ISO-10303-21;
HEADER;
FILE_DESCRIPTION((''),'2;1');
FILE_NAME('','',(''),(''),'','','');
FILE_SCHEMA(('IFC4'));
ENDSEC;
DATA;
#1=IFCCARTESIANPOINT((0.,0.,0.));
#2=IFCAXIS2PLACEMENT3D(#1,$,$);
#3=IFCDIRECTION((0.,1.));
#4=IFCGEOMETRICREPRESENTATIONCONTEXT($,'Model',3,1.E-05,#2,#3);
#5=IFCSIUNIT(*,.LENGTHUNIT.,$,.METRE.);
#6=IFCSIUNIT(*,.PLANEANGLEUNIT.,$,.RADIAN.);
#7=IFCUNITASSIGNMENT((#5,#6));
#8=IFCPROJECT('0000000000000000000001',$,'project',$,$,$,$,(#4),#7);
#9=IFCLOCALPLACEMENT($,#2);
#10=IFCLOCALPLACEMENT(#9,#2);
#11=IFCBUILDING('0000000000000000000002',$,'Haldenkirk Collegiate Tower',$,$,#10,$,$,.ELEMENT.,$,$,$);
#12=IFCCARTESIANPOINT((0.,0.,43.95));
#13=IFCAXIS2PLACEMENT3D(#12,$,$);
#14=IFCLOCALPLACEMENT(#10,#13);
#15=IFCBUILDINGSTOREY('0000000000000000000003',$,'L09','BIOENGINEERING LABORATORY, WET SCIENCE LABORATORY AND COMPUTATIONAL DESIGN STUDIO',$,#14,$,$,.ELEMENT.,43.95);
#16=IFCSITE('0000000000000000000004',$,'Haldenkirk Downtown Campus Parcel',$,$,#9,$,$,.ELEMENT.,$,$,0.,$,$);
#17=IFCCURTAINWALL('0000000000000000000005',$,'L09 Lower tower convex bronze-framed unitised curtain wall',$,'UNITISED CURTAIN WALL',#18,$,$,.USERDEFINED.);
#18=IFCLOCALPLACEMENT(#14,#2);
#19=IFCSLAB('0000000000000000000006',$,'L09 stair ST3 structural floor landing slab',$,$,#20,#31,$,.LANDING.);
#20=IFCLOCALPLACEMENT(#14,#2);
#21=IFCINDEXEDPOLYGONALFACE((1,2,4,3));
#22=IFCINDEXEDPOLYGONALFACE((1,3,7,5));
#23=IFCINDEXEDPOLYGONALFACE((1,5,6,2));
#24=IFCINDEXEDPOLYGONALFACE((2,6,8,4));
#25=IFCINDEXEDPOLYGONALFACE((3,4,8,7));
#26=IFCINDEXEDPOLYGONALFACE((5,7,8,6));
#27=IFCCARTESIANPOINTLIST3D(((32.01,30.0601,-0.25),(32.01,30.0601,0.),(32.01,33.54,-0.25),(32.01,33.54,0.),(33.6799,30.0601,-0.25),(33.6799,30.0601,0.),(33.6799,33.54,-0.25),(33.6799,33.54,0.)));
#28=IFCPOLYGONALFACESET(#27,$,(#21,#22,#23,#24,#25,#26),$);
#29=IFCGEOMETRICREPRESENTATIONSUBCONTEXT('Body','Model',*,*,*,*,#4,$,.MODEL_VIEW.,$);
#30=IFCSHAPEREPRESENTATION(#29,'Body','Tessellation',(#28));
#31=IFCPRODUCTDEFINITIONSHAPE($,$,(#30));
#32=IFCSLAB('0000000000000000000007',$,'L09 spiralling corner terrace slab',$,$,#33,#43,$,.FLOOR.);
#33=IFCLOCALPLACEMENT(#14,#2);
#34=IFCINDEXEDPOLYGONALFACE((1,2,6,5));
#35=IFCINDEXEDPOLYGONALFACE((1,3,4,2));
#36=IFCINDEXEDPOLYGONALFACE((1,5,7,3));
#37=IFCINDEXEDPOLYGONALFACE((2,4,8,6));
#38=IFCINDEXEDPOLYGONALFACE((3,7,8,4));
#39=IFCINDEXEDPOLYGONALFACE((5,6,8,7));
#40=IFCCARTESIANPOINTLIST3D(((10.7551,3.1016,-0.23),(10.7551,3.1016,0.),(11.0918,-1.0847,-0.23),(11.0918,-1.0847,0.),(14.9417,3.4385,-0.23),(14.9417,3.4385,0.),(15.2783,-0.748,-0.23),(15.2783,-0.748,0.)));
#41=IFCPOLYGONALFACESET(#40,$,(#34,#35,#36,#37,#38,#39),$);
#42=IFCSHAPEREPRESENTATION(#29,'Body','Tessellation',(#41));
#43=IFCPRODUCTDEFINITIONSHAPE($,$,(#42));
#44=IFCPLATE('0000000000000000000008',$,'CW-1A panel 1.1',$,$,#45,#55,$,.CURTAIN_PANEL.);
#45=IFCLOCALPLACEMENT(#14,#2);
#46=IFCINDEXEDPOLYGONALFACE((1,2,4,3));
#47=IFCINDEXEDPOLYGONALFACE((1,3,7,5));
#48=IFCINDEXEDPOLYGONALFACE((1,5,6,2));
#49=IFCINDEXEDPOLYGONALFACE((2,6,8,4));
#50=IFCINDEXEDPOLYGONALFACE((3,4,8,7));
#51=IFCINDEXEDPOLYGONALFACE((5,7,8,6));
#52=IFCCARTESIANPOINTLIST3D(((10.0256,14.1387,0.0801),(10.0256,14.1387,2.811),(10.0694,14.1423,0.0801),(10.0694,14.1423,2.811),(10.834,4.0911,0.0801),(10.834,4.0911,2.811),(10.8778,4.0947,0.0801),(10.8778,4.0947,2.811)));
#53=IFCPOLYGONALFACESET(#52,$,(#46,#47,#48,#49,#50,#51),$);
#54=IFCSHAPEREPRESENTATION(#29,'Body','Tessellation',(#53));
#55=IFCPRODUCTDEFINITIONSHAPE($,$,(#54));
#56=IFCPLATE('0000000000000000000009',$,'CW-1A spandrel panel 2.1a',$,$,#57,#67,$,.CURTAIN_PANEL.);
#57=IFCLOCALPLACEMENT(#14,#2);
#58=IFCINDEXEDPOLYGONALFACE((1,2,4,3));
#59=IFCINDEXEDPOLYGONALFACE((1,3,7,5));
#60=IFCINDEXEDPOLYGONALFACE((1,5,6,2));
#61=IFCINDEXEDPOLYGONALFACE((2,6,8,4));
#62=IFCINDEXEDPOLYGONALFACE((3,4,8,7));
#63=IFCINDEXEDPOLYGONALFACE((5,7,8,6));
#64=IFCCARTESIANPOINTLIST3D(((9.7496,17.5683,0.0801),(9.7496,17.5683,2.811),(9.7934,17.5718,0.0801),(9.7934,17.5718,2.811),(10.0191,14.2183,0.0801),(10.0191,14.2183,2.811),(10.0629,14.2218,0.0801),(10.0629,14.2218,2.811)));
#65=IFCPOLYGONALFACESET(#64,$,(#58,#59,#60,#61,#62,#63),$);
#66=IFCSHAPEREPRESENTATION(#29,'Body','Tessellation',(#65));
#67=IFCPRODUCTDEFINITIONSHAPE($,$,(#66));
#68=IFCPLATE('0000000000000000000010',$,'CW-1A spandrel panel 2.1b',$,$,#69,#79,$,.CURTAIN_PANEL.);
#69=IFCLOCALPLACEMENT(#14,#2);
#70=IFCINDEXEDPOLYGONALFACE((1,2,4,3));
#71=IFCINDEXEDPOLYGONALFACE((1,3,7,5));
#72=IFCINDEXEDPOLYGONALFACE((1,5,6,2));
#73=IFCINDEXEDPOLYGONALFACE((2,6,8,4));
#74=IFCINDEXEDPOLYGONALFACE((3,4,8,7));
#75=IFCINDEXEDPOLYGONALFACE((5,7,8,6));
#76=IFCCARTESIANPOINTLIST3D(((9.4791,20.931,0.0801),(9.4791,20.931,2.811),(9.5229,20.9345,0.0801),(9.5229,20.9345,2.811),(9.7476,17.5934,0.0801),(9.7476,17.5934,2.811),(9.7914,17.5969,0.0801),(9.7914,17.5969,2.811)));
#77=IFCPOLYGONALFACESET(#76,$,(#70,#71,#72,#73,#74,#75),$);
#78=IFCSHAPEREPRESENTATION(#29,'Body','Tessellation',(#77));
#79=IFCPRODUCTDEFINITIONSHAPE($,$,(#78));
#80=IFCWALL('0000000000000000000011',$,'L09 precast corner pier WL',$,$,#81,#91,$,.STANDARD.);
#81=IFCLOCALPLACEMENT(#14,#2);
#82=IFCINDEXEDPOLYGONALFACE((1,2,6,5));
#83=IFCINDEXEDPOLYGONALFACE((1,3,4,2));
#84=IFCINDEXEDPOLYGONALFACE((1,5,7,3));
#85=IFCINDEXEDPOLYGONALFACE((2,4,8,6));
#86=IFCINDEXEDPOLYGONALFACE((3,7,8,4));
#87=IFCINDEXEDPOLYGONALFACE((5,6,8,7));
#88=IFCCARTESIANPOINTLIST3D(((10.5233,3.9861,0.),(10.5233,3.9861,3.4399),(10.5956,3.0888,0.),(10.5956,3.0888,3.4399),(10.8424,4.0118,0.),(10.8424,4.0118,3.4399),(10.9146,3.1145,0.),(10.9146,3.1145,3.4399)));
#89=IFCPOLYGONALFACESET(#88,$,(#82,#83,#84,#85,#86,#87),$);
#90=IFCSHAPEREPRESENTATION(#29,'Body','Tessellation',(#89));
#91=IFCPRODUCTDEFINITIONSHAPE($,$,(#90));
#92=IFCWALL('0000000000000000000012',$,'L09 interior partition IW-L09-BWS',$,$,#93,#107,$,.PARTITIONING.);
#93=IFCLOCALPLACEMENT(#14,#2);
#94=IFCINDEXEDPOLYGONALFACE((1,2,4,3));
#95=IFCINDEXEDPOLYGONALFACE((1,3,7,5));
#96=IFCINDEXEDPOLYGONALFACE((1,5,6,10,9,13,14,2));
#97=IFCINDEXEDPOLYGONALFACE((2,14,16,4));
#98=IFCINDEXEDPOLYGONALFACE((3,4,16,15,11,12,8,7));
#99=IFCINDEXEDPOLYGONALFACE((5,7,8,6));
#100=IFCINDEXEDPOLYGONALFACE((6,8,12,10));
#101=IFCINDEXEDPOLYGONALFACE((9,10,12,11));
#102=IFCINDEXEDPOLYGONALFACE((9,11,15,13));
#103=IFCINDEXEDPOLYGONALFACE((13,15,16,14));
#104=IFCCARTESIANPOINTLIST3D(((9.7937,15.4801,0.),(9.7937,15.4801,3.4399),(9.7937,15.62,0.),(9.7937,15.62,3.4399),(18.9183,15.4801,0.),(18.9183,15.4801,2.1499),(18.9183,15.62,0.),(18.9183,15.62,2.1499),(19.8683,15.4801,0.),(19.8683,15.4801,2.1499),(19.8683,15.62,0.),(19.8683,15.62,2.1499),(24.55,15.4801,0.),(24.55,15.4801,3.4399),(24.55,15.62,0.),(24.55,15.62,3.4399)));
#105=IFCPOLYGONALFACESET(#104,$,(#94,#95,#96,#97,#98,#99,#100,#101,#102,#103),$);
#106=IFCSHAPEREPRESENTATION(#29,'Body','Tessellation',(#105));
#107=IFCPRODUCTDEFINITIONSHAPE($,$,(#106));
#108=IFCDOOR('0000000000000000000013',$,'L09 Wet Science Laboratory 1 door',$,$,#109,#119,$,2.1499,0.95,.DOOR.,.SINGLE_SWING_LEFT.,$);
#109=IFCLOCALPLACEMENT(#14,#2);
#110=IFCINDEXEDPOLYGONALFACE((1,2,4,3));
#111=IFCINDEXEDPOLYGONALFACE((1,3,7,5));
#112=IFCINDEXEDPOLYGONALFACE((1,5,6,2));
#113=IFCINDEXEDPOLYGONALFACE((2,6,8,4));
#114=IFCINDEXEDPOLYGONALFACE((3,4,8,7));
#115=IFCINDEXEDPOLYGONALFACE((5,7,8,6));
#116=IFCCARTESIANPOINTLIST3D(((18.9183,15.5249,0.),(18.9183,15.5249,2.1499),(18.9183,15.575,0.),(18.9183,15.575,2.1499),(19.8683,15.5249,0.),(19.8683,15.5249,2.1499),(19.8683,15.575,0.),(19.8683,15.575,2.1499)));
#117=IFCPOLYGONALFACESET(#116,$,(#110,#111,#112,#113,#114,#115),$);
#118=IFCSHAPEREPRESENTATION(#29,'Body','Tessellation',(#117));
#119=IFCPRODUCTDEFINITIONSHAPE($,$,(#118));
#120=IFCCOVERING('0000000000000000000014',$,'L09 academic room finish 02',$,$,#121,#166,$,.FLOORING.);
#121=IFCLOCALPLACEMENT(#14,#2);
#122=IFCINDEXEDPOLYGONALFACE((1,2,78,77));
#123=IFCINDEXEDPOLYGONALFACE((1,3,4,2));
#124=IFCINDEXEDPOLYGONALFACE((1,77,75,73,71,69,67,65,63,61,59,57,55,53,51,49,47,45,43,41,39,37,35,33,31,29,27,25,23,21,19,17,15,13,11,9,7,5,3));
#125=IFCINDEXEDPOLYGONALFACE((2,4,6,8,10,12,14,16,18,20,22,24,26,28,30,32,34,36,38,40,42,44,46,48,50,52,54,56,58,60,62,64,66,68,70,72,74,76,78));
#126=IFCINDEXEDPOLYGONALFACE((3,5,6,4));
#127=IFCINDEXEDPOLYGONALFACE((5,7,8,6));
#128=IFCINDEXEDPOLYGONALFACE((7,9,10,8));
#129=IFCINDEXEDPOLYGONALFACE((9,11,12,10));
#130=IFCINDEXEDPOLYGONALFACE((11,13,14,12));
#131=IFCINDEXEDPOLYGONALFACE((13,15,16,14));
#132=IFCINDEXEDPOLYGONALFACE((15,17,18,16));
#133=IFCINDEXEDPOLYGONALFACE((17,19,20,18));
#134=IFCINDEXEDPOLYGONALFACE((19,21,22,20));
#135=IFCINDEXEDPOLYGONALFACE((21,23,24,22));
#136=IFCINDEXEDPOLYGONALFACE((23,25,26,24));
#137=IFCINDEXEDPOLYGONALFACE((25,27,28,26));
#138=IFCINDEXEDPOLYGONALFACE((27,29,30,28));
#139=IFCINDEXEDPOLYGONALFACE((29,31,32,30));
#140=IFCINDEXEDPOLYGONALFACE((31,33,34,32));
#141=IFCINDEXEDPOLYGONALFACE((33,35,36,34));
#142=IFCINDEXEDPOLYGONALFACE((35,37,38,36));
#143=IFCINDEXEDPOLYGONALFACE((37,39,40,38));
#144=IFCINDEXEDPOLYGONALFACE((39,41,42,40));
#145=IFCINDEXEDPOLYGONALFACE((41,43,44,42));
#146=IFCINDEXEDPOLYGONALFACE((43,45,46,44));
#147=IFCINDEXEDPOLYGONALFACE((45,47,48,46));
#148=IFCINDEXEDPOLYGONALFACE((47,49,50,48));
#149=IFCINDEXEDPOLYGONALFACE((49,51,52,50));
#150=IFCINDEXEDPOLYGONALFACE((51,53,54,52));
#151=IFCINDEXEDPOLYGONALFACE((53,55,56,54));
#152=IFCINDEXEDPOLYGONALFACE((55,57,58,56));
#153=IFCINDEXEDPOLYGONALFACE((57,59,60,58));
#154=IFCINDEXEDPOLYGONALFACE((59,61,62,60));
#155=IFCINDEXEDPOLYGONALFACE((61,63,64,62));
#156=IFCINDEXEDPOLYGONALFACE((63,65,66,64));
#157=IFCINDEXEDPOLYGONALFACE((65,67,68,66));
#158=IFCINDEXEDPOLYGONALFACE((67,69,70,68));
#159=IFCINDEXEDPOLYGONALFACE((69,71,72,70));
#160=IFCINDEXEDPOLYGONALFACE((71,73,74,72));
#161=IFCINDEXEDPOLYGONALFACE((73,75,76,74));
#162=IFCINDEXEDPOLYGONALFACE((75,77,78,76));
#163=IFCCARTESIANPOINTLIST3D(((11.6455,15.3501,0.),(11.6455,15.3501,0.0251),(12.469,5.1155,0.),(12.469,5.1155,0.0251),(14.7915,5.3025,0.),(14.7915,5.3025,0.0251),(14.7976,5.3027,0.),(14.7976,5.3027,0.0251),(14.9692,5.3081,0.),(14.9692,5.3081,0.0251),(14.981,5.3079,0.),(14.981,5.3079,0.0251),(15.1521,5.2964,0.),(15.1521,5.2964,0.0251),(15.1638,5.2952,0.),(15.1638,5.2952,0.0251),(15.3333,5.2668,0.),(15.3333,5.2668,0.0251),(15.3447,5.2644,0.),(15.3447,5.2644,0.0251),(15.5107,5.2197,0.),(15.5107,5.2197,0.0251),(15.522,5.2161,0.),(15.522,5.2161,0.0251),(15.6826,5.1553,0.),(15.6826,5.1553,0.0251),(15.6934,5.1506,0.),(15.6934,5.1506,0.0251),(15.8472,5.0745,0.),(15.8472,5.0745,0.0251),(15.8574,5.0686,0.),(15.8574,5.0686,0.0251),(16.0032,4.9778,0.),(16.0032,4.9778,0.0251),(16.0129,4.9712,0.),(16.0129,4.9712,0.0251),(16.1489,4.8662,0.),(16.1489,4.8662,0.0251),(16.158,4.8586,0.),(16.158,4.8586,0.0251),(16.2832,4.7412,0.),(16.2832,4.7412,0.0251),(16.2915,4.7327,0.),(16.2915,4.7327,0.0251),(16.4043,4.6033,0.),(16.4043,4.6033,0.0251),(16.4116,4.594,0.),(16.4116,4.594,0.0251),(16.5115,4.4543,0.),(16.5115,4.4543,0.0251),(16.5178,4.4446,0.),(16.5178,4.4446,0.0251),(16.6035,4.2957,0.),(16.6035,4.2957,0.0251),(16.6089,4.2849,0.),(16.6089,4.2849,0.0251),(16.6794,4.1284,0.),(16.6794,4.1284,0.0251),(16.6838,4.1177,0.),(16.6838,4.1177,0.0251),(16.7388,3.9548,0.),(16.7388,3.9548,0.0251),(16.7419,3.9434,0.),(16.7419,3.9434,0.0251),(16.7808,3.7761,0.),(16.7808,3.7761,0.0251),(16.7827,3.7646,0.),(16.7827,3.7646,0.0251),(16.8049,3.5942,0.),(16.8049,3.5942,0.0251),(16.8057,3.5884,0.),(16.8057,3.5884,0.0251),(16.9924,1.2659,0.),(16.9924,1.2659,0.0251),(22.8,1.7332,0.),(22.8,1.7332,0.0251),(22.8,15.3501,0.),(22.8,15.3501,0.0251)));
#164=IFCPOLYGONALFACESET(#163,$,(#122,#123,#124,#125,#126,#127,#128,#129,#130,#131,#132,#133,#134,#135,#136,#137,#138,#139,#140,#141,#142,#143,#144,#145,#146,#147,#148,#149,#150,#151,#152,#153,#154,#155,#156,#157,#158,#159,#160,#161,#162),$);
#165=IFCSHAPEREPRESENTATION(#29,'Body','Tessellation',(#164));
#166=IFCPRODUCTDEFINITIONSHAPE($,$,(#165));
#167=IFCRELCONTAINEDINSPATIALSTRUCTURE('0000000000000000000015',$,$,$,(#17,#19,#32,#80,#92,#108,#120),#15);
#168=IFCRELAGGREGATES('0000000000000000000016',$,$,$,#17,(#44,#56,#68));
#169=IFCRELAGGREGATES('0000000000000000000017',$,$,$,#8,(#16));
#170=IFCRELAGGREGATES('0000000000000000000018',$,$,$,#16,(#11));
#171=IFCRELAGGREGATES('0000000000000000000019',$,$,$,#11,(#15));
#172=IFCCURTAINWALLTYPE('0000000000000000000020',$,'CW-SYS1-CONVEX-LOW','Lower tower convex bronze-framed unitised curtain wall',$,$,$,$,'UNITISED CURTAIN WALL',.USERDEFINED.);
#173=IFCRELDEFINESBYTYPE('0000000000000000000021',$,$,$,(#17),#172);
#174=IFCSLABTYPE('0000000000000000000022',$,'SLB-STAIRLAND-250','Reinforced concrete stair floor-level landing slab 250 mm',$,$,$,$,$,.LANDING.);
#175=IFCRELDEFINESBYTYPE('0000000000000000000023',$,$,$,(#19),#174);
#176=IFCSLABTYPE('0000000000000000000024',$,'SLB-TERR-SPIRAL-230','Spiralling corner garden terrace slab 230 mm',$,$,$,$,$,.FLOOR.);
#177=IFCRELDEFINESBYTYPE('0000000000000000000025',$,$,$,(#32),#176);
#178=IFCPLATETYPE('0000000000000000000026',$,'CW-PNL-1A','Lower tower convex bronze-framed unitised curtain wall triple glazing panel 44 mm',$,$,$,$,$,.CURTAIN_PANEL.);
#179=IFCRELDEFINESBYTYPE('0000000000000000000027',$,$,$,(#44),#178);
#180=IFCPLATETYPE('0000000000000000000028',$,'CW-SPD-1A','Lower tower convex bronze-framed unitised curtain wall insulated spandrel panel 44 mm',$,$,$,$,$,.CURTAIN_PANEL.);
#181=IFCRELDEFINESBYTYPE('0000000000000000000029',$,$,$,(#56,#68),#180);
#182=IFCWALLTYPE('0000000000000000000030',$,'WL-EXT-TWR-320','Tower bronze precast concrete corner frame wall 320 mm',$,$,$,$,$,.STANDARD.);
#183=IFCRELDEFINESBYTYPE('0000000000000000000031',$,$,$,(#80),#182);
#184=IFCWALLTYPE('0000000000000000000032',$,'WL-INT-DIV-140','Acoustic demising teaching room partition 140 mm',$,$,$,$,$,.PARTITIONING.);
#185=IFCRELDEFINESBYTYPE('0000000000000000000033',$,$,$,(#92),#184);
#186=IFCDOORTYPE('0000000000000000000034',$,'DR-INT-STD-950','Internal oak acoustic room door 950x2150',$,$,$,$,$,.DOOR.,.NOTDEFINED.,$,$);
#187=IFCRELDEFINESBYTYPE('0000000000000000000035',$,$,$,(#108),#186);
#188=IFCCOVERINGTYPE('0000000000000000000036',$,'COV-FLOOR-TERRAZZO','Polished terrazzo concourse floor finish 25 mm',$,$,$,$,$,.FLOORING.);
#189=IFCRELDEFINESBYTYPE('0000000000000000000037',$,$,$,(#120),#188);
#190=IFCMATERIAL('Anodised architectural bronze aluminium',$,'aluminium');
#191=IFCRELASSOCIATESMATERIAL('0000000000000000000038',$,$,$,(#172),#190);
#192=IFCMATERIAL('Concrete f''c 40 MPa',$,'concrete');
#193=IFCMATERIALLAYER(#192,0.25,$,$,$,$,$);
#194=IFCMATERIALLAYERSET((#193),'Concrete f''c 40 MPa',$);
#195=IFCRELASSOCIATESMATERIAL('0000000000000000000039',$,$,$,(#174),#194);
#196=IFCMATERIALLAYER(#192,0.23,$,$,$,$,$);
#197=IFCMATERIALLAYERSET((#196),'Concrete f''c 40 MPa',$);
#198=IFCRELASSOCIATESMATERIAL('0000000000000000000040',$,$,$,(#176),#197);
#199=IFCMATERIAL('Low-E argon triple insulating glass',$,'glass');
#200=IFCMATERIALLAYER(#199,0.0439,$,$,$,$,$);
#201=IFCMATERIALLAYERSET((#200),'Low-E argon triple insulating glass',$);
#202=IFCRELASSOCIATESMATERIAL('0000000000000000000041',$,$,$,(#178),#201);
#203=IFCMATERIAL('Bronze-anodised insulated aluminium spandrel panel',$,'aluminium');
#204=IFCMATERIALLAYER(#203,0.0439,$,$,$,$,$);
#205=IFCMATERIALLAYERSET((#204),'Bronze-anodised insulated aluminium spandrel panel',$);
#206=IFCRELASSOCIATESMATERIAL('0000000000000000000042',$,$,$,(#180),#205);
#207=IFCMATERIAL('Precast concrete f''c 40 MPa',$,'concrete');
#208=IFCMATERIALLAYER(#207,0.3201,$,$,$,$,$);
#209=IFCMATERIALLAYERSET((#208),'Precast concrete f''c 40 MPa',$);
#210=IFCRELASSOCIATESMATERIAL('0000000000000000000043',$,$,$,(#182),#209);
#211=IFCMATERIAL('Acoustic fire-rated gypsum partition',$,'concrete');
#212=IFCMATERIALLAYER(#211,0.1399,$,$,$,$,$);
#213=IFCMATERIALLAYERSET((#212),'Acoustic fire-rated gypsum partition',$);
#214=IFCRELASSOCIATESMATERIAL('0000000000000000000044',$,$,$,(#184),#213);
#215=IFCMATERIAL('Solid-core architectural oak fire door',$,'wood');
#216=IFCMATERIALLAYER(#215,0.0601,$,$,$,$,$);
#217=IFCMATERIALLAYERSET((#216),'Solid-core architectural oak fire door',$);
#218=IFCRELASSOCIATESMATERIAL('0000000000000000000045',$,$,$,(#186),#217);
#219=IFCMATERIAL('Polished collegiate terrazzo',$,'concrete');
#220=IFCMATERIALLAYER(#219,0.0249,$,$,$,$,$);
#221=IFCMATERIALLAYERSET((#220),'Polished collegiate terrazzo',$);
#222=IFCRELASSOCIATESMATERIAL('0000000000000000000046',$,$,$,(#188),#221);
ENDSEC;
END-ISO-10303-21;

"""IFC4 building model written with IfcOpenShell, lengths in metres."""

from ifc_helpers import new_model, si_unit, direction, frame, frame_2d, origin, origin_2d, place, context, subcontext, project, spatial, polyline, rectangle, outline, extrude, source, transform, mapped, material, layer, layer_set, type_object, element, fill, aggregate, save


model = new_model("IFC4")

# Units and contexts
model_context = context("Model", 3, precision=1e-05, world=origin(), true_north=direction((0.0, 1.0)))
body_context = subcontext(model_context, "Body", "Model", "MODEL_VIEW")
ifc_project = project(units=[si_unit("LENGTHUNIT", "METRE"), si_unit("PLANEANGLEUNIT", "RADIAN")], contexts=[model_context])

# Site, building, storey
site_placement = place(None, origin())
site = spatial("IfcSite", under=ifc_project, at=site_placement, Name="Haldenkirk Downtown Campus Parcel", CompositionType="ELEMENT", RefElevation=0.0)
building_placement = place(site_placement, origin())
building = spatial("IfcBuilding", under=site, at=building_placement, Name="Haldenkirk Collegiate Tower", CompositionType="ELEMENT")
storey_placement = place(building_placement, frame((0.0, 0.0, 43.95)))
storey = spatial("IfcBuildingStorey", under=building, at=storey_placement, Name="L09", Description="BIOENGINEERING LABORATORY, WET SCIENCE LABORATORY AND COMPUTATIONAL DESIGN STUDIO", CompositionType="ELEMENT", Elevation=43.95)

# Curtain wall
ifc_material_1 = material(Name="Anodised architectural bronze aluminium", Category="aluminium")
curtain_wall_type = type_object("IfcCurtainWallType", Name="CW-SYS1-CONVEX-LOW", Description="Lower tower convex bronze-framed unitised curtain wall", ElementType="UNITISED CURTAIN WALL", PredefinedType="USERDEFINED", material=ifc_material_1)
curtain_wall_placement = place(storey_placement, origin())
curtain_wall = element("IfcCurtainWall", 1, at=curtain_wall_placement, inside=storey, type_object=curtain_wall_type, Name="L09 Lower tower convex bronze-framed unitised curtain wall", ObjectType="UNITISED CURTAIN WALL", PredefinedType="USERDEFINED")

# Shared definitions
ifc_material_2 = material(Name="Concrete f'c 40 MPa", Category="concrete")

# Slabs
ifc_layer_1 = layer(ifc_material_2, 0.25)
ifc_layer_set_1 = layer_set([ifc_layer_1], Name="Concrete f'c 40 MPa")
slab_type_1 = type_object("IfcSlabType", Name="SLB-STAIRLAND-250", Description="Reinforced concrete stair floor-level landing slab 250 mm", PredefinedType="LANDING", material=ifc_layer_set_1)
slab_1_placement = place(storey_placement, frame((0.0, 0.0, -0.25)))
element("IfcSlab", 2, at=slab_1_placement, inside=storey, type_object=slab_type_1, Name="L09 stair ST3 structural floor landing slab", PredefinedType="LANDING", context=body_context, shape_type="SweptSolid", body=[
    extrude(outline(polyline([(32.01, 30.0601), (33.6799, 30.0601), (33.6799, 33.54), (32.01, 33.54), (32.01, 30.0601)])), origin(), (0.0, 0.0, 1.0), 0.25),
])
ifc_layer_2 = layer(ifc_material_2, 0.23)
ifc_layer_set_2 = layer_set([ifc_layer_2], Name="Concrete f'c 40 MPa")
slab_type_2 = type_object("IfcSlabType", Name="SLB-TERR-SPIRAL-230", Description="Spiralling corner garden terrace slab 230 mm", PredefinedType="FLOOR", material=ifc_layer_set_2)
slab_2_placement = place(storey_placement, frame((0.0, 0.0, -0.23)))
element("IfcSlab", 3, at=slab_2_placement, inside=storey, type_object=slab_type_2, Name="L09 spiralling corner terrace slab", PredefinedType="FLOOR", context=body_context, shape_type="SweptSolid", body=[
    extrude(outline(polyline([(11.0918, -1.0847), (15.2783, -0.748), (14.9417, 3.4385), (10.7551, 3.1016), (11.0918, -1.0847)])), origin(), (0.0, 0.0, 1.0), 0.23),
])

# Plates
ifc_material_3 = material(Name="Low-E argon triple insulating glass", Category="glass")
ifc_layer_3 = layer(ifc_material_3, 0.0439)
ifc_layer_set_3 = layer_set([ifc_layer_3], Name="Low-E argon triple insulating glass")
plate_type_1 = type_object("IfcPlateType", Name="CW-PNL-1A", Description="Lower tower convex bronze-framed unitised curtain wall triple glazing panel 44 mm", PredefinedType="CURTAIN_PANEL", material=ifc_layer_set_3)
shared_shape_1 = source(origin(), body_context, "Body", "SweptSolid", [
    extrude(rectangle(XDim=10.0801, YDim=0.0439, at=origin_2d()), origin(), (0.0, 0.0, 1.0), 2.731),
])
plate_1_placement = place(storey_placement, frame((10.4517, 9.1167, 0.0801), z_axis=(0.0, 0.0, 1.0), x_axis=(-0.080198, 0.996779, 0.0)))
plate_1 = element("IfcPlate", 4, at=plate_1_placement, type_object=plate_type_1, Name="CW-1A panel 1.1", PredefinedType="CURTAIN_PANEL", context=body_context, shape_type="MappedRepresentation", body=[
    mapped(shared_shape_1, transform((0.0, 0.0, 0.0), x_axis=(1.0, 0.0, 0.0), y_axis=(0.0, 1.0, 0.0), z_axis=(0.0, 0.0, 1.0), scale=1.0)),
])
ifc_material_4 = material(Name="Bronze-anodised insulated aluminium spandrel panel", Category="aluminium")
ifc_layer_4 = layer(ifc_material_4, 0.0439)
ifc_layer_set_4 = layer_set([ifc_layer_4], Name="Bronze-anodised insulated aluminium spandrel panel")
plate_type_2 = type_object("IfcPlateType", Name="CW-SPD-1A", Description="Lower tower convex bronze-framed unitised curtain wall insulated spandrel panel 44 mm", PredefinedType="CURTAIN_PANEL", material=ifc_layer_set_4)
shared_shape_2 = source(origin(), body_context, "Body", "SweptSolid", [
    extrude(rectangle(XDim=3.3608, YDim=0.0439, at=origin_2d()), origin(), (0.0, 0.0, 1.0), 2.731),
])
plate_2_placement = place(storey_placement, frame((9.9062, 15.895, 0.0801), z_axis=(0.0, 0.0, 1.0), x_axis=(-0.080198, 0.996779, 0.0)))
plate_2 = element("IfcPlate", 5, at=plate_2_placement, type_object=plate_type_2, Name="CW-1A spandrel panel 2.1a", PredefinedType="CURTAIN_PANEL", context=body_context, shape_type="MappedRepresentation", body=[
    mapped(shared_shape_2, transform((0.0, 0.0, 0.0), x_axis=(1.0, 0.0, 0.0), y_axis=(0.0, 1.0, 0.0), z_axis=(0.0, 0.0, 1.0), scale=1.0)),
])
shared_shape_3 = source(origin(), body_context, "Body", "SweptSolid", [
    extrude(rectangle(XDim=3.3484, YDim=0.0439, at=origin_2d()), origin(), (0.0, 0.0, 1.0), 2.731),
])
plate_3_placement = place(storey_placement, frame((9.6353, 19.2639, 0.0801), z_axis=(0.0, 0.0, 1.0), x_axis=(-0.080198, 0.996779, 0.0)))
plate_3 = element("IfcPlate", 6, at=plate_3_placement, type_object=plate_type_2, Name="CW-1A spandrel panel 2.1b", PredefinedType="CURTAIN_PANEL", context=body_context, shape_type="MappedRepresentation", body=[
    mapped(shared_shape_3, transform((0.0, 0.0, 0.0), x_axis=(1.0, 0.0, 0.0), y_axis=(0.0, 1.0, 0.0), z_axis=(0.0, 0.0, 1.0), scale=1.0)),
])
aggregate(curtain_wall, [plate_1, plate_2, plate_3])

# Wall
ifc_material_5 = material(Name="Precast concrete f'c 40 MPa", Category="concrete")
ifc_layer_5 = layer(ifc_material_5, 0.3201)
ifc_layer_set_5 = layer_set([ifc_layer_5], Name="Precast concrete f'c 40 MPa")
wall_type_1 = type_object("IfcWallType", Name="WL-EXT-TWR-320", Description="Tower bronze precast concrete corner frame wall 320 mm", PredefinedType="STANDARD", material=ifc_layer_set_5)
wall_1_placement = place(storey_placement, frame((10.7551, 3.1016, 0.0), z_axis=(0.0, 0.0, 1.0), x_axis=(-0.080284, 0.996772, 0.0)))
element("IfcWall", 7, at=wall_1_placement, inside=storey, type_object=wall_type_1, Name="L09 precast corner pier WL", PredefinedType="STANDARD", context=body_context, shape_type="SweptSolid", body=[
    extrude(rectangle(XDim=0.9001, YDim=0.3201, at=frame_2d((0.4502, 0.0))), origin(), (0.0, 0.0, 1.0), 3.4399),
])

# Wall, opening, door
ifc_material_6 = material(Name="Acoustic fire-rated gypsum partition", Category="concrete")
ifc_layer_6 = layer(ifc_material_6, 0.1399)
ifc_layer_set_6 = layer_set([ifc_layer_6], Name="Acoustic fire-rated gypsum partition")
wall_type_2 = type_object("IfcWallType", Name="WL-INT-DIV-140", Description="Acoustic demising teaching room partition 140 mm", PredefinedType="PARTITIONING", material=ifc_layer_set_6)
wall_2_placement = place(storey_placement, frame((9.7937, 15.55, 0.0), z_axis=(0.0, 0.0, 1.0), x_axis=(1.0, 0.0, 0.0)))
wall_2 = element("IfcWall", 8, at=wall_2_placement, inside=storey, type_object=wall_type_2, Name="L09 interior partition IW-L09-BWS", PredefinedType="PARTITIONING", context=body_context, shape_type="SweptSolid", body=[
    extrude(rectangle(XDim=14.7563, YDim=0.1399, at=frame_2d((7.3782, 0.0))), origin(), (0.0, 0.0, 1.0), 3.4399),
])
opening_placement = place(wall_2_placement, frame((9.1245, 0.0, 0.0)))
opening = element("IfcOpeningElement", 9, at=opening_placement, cuts=wall_2, PredefinedType="OPENING", context=body_context, shape_type="SweptSolid", body=[
    extrude(rectangle(XDim=0.95, YDim=2.1499, at=frame_2d((0.4751, 1.075))), frame((0.0, 0.0798, 0.0), z_axis=(0.0, -1.0, 0.0), x_axis=(1.0, 0.0, 0.0)), (0.0, 0.0, 1.0), 0.1599),
])
ifc_material_7 = material(Name="Solid-core architectural oak fire door", Category="wood")
ifc_layer_7 = layer(ifc_material_7, 0.0601)
ifc_layer_set_7 = layer_set([ifc_layer_7], Name="Solid-core architectural oak fire door")
door_type = type_object("IfcDoorType", Name="DR-INT-STD-950", Description="Internal oak acoustic room door 950x2150", OperationType="NOTDEFINED", PredefinedType="DOOR", material=ifc_layer_set_7)
door_placement = place(opening_placement, origin())
door = element("IfcDoor", 10, at=door_placement, inside=storey, type_object=door_type, Name="L09 Wet Science Laboratory 1 door", OperationType="SINGLE_SWING_LEFT", OverallHeight=2.1499, OverallWidth=0.95, PredefinedType="DOOR", context=body_context, shape_type="SweptSolid", body=[
    extrude(rectangle(XDim=0.95, YDim=2.1499, at=frame_2d((0.4751, 1.075))), frame((0.0, 0.0249, 0.0), z_axis=(0.0, -1.0, 0.0), x_axis=(1.0, 0.0, 0.0)), (0.0, 0.0, 1.0), 0.05),
])
fill(opening, door)

# Covering
ifc_material_8 = material(Name="Polished collegiate terrazzo", Category="concrete")
ifc_layer_8 = layer(ifc_material_8, 0.0249)
ifc_layer_set_8 = layer_set([ifc_layer_8], Name="Polished collegiate terrazzo")
covering_type_1 = type_object("IfcCoveringType", Name="COV-FLOOR-TERRAZZO", Description="Polished terrazzo concourse floor finish 25 mm", PredefinedType="FLOORING", material=ifc_layer_set_8)
covering_1_placement = place(storey_placement, origin())
element("IfcCovering", 11, at=covering_1_placement, inside=storey, type_object=covering_type_1, Name="L09 academic room finish 02", PredefinedType="FLOORING", context=body_context, shape_type="SweptSolid", body=[
    extrude(outline(polyline([(16.5178, 4.4446), (16.5115, 4.4543), (16.4116, 4.594), (16.4043, 4.6033), (16.2915, 4.7327), (16.2832, 4.7412), (16.158, 4.8586), (16.1489, 4.8662), (16.0129, 4.9712), (16.0032, 4.9778), (15.8574, 5.0686), (15.8472, 5.0745), (15.6934, 5.1506), (15.6826, 5.1553), (15.522, 5.2161), (15.5107, 5.2197), (15.3447, 5.2644), (15.3333, 5.2668), (15.1638, 5.2952), (15.1521, 5.2964), (14.981, 5.3079), (14.9692, 5.3081), (14.7976, 5.3027), (14.7915, 5.3025), (12.469, 5.1155), (11.6455, 15.3501), (22.8, 15.3501), (22.8, 1.7332), (16.9924, 1.2659), (16.8057, 3.5884), (16.8049, 3.5942), (16.7827, 3.7646), (16.7808, 3.7761), (16.7419, 3.9434), (16.7388, 3.9548), (16.6838, 4.1177), (16.6794, 4.1284), (16.6089, 4.2849), (16.6035, 4.2957), (16.5178, 4.4446)])), origin(), (0.0, 0.0, 1.0), 0.0251),
])

save(model, "model.ifc")
